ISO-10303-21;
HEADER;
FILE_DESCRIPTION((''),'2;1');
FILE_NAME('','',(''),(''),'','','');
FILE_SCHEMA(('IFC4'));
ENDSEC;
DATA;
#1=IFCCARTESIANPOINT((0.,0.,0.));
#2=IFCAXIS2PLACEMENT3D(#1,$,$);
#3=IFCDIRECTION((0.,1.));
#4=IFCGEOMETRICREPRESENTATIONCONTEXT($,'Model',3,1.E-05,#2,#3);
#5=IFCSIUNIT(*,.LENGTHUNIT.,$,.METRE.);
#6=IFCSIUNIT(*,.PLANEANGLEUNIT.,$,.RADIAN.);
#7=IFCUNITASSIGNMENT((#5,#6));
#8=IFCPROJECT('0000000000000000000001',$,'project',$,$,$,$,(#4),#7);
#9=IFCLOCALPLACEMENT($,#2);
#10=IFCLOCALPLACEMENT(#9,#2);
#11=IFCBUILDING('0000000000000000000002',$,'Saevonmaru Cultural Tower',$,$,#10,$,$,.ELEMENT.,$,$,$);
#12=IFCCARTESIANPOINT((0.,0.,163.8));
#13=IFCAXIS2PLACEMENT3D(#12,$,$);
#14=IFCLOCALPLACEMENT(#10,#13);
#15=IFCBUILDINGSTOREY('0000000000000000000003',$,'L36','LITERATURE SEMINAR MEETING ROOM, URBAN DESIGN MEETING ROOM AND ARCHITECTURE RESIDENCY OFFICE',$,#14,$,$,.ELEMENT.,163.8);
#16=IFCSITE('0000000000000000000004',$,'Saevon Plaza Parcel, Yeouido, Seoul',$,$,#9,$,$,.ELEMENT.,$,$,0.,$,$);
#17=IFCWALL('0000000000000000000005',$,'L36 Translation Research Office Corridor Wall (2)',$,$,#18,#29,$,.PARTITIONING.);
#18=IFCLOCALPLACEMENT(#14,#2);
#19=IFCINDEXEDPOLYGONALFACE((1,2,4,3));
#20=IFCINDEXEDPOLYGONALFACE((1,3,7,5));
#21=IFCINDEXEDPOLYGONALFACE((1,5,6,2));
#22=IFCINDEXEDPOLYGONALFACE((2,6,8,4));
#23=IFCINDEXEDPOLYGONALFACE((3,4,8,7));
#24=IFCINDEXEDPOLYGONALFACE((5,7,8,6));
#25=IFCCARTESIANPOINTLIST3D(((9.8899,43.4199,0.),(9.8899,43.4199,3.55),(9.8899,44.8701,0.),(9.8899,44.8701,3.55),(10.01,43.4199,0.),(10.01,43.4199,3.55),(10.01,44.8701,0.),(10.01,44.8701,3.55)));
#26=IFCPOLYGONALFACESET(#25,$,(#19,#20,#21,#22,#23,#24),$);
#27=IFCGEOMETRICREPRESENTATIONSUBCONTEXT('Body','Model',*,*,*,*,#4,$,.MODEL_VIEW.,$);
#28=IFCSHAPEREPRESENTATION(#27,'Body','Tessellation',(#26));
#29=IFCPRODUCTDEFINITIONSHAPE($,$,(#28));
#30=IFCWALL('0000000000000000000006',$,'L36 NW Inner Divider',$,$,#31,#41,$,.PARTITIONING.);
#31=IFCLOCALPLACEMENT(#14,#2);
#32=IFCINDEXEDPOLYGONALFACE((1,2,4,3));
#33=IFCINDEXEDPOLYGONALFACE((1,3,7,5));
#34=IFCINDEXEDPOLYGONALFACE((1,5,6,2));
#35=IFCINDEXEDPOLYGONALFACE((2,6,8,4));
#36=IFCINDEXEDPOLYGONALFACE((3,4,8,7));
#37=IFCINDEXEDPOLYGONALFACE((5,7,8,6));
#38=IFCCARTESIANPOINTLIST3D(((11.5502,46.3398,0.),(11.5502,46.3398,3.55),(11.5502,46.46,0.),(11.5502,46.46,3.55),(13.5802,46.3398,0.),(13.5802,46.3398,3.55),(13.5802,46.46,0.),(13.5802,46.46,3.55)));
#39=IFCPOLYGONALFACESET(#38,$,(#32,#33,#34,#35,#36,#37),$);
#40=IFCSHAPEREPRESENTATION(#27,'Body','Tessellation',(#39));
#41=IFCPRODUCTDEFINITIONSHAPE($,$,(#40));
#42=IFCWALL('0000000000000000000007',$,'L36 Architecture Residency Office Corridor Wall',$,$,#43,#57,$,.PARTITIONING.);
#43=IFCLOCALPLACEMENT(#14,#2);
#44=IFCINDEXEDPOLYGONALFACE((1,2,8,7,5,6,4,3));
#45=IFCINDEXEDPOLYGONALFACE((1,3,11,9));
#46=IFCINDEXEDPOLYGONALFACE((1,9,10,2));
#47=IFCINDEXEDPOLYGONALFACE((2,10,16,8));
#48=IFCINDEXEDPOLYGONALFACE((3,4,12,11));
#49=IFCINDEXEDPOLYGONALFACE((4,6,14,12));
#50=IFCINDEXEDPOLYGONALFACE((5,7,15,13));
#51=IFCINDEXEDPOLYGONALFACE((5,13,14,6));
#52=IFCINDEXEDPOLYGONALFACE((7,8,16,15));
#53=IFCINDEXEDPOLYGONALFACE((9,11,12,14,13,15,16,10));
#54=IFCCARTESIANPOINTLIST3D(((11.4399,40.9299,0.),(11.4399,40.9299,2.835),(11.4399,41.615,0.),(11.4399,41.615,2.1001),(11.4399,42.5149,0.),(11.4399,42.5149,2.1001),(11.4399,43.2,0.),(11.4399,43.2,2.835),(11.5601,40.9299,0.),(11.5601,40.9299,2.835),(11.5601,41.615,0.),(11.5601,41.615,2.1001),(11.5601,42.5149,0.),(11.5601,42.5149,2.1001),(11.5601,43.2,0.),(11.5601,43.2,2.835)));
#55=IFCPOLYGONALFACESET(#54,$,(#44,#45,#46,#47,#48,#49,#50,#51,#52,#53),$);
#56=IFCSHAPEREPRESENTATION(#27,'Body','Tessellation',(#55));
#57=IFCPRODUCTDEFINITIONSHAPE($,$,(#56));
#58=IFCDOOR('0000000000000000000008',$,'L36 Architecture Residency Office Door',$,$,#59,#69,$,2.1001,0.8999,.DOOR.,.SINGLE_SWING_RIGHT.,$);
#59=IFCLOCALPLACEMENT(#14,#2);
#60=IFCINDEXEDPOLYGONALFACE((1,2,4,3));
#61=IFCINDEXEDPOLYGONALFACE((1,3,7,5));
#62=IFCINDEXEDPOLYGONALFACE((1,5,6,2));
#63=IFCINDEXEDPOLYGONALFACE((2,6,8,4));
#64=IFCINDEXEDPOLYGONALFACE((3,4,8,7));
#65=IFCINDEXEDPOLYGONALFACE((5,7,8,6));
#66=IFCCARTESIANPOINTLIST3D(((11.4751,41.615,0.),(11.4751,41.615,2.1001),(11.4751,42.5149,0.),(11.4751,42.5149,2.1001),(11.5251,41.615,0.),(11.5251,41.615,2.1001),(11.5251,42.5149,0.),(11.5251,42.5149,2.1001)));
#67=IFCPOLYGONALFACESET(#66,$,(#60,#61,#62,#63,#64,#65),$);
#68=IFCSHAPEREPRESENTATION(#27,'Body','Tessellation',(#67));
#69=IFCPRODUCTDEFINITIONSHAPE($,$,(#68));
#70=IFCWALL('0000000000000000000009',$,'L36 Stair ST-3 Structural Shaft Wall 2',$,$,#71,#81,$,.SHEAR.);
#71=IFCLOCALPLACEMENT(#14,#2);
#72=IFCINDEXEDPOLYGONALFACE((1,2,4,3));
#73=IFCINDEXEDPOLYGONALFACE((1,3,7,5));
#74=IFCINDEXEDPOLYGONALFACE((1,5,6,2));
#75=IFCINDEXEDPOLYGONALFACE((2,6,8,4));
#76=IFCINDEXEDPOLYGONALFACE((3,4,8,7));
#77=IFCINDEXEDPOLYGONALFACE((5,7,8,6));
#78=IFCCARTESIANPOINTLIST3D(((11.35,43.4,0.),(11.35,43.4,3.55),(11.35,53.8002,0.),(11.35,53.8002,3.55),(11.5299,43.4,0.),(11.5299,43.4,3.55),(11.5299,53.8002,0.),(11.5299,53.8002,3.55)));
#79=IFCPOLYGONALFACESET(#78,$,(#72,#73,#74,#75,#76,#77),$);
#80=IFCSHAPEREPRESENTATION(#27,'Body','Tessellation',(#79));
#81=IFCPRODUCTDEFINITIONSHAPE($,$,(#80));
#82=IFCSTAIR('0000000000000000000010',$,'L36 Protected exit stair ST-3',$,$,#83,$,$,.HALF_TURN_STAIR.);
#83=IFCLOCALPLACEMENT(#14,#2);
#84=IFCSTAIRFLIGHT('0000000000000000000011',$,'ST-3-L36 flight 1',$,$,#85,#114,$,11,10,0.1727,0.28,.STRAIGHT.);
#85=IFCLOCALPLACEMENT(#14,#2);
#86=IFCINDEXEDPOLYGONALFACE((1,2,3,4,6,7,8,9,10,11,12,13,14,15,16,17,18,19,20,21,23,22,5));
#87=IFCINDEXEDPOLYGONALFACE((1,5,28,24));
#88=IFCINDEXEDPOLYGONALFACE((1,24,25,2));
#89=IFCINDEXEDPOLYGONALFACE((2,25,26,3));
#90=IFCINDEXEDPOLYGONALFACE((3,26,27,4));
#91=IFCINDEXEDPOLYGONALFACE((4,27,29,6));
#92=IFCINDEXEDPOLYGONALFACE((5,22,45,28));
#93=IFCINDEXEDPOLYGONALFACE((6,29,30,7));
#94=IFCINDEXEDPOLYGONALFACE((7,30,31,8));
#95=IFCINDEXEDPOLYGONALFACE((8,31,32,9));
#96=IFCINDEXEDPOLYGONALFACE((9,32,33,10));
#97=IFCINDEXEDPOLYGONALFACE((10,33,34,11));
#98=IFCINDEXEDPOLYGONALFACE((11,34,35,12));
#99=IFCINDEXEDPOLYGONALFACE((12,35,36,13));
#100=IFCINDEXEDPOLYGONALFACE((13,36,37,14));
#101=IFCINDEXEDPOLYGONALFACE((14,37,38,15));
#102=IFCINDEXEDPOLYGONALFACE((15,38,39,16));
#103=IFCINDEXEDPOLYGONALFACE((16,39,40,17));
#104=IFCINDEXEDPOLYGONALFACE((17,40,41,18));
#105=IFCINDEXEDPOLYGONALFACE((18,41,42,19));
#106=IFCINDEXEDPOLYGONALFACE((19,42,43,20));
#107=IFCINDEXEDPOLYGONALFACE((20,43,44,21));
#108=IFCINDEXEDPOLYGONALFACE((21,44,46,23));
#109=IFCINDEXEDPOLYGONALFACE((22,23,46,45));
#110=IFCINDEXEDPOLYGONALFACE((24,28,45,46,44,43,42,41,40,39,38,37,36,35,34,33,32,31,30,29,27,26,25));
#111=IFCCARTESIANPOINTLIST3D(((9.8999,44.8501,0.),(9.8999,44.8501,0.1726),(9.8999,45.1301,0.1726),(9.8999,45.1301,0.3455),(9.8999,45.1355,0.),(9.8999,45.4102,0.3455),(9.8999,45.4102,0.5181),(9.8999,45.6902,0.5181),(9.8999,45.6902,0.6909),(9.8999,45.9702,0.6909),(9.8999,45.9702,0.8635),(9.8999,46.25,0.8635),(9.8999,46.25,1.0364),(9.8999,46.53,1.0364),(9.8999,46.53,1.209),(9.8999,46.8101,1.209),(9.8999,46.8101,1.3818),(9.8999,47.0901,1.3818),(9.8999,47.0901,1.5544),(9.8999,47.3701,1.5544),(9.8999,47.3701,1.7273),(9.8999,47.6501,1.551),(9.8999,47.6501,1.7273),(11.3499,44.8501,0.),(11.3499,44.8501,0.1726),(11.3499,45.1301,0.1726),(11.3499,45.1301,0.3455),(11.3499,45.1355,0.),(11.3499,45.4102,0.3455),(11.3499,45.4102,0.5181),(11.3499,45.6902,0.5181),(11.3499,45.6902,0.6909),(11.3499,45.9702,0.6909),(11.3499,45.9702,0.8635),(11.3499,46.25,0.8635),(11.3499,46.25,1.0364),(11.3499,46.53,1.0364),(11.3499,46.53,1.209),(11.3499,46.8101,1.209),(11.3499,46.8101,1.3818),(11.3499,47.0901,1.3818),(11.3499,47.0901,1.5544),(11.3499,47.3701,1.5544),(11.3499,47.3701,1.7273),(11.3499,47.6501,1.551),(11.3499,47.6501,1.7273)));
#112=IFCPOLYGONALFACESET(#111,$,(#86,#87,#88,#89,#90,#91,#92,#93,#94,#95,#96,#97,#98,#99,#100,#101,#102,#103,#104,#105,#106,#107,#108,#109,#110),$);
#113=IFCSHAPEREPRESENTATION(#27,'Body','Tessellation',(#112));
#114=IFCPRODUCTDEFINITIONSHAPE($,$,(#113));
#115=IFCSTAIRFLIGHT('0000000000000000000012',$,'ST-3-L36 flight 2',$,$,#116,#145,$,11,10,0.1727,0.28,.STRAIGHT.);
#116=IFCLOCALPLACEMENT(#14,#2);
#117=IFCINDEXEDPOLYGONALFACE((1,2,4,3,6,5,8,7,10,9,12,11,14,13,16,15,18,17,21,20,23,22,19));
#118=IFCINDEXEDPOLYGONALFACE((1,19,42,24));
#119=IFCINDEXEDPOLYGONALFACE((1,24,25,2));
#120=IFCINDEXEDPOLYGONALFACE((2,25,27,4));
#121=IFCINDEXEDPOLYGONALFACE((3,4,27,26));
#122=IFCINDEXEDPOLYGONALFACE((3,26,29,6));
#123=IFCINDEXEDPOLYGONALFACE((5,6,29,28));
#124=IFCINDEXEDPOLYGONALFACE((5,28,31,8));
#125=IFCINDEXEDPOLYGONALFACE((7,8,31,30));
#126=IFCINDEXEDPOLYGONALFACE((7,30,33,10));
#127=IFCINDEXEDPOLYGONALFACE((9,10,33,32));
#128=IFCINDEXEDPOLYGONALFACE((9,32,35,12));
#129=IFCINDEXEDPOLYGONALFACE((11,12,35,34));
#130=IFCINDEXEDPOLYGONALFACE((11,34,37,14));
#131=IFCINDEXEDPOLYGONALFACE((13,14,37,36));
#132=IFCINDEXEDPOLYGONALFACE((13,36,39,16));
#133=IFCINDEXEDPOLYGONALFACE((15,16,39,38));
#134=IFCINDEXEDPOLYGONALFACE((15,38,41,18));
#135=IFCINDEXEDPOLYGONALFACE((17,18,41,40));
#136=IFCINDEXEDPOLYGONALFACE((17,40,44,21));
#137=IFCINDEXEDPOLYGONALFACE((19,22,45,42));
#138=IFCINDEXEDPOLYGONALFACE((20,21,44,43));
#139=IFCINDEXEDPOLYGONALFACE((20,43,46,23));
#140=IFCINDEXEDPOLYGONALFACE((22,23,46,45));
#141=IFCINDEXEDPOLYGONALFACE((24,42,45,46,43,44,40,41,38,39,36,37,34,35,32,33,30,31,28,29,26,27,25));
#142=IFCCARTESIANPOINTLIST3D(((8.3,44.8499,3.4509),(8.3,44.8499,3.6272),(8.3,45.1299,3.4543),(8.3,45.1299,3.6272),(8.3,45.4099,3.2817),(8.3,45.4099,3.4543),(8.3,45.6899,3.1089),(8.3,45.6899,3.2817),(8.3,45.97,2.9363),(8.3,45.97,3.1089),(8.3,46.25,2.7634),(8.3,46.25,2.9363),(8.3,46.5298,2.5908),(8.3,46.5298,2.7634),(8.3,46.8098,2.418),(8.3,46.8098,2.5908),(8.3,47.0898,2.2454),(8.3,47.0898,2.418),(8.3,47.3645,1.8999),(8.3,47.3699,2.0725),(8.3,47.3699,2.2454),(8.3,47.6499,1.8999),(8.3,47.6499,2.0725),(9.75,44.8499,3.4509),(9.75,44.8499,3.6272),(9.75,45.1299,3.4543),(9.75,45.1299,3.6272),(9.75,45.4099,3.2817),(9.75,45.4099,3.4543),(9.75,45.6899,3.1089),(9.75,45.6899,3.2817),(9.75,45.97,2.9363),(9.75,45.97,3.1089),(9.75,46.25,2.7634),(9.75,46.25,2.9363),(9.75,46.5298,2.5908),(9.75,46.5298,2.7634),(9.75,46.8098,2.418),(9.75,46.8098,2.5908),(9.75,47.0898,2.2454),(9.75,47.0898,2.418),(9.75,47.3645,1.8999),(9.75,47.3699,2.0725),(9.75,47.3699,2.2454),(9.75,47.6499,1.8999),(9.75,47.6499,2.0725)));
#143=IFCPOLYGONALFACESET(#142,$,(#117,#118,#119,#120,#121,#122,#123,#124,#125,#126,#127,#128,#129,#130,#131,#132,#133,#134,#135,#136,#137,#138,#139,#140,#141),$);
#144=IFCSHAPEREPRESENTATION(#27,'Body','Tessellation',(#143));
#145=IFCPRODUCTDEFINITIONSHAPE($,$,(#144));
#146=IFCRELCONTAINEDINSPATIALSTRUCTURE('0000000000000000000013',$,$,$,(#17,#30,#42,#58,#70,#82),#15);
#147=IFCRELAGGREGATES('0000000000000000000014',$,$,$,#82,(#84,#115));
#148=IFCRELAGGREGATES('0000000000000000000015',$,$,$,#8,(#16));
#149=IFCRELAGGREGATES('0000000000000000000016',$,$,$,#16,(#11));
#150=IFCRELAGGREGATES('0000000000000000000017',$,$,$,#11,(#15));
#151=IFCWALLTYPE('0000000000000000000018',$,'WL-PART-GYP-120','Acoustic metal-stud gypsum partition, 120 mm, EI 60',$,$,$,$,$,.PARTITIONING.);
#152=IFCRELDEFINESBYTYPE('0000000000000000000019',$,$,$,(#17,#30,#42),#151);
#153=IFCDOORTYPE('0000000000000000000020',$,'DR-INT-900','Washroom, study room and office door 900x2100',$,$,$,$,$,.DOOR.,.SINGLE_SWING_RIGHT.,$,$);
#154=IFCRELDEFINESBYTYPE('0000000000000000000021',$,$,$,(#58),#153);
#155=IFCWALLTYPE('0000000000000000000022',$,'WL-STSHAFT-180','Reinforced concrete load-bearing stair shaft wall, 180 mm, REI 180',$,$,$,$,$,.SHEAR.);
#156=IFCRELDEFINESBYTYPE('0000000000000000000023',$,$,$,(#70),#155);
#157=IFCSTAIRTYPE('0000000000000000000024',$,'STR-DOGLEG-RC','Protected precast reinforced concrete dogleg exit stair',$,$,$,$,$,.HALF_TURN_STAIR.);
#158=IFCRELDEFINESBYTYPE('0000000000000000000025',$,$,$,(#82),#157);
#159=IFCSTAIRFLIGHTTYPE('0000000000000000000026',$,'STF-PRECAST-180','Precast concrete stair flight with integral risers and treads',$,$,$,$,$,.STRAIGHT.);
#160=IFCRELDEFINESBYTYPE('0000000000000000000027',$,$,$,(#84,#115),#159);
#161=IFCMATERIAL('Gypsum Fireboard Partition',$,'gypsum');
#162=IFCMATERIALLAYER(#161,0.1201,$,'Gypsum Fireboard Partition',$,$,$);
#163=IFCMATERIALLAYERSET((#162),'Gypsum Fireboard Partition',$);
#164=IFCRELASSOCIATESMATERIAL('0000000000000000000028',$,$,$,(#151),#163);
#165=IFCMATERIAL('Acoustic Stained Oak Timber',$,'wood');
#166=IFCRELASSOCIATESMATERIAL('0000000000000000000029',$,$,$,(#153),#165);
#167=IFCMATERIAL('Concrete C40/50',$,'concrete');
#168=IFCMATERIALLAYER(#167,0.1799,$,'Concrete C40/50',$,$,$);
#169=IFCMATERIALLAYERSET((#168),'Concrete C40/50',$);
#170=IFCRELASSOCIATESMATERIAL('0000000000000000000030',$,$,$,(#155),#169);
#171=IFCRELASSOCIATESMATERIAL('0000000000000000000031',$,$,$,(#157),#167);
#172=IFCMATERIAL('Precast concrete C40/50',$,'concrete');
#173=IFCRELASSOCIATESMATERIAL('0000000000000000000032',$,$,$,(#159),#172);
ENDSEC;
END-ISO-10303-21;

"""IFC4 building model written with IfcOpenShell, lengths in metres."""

from ifc_helpers import new_model, si_unit, direction, frame, frame_2d, origin, place, context, subcontext, project, spatial, polyline, rectangle, outline, extrude, material, layer, layer_set, type_object, element, fill, aggregate, save


model = new_model("IFC4")

# Units and contexts
model_context = context("Model", 3, precision=1e-05, world=origin(), true_north=direction((0.0, 1.0)))
body_context = subcontext(model_context, "Body", "Model", "MODEL_VIEW")
ifc_project = project(units=[si_unit("LENGTHUNIT", "METRE"), si_unit("PLANEANGLEUNIT", "RADIAN")], contexts=[model_context])

# Site, building, storey
site_placement = place(None, origin())
site = spatial("IfcSite", under=ifc_project, at=site_placement, Name="Saevon Plaza Parcel, Yeouido, Seoul", CompositionType="ELEMENT", RefElevation=0.0)
building_placement = place(site_placement, origin())
building = spatial("IfcBuilding", under=site, at=building_placement, Name="Saevonmaru Cultural Tower", CompositionType="ELEMENT")
storey_placement = place(building_placement, frame((0.0, 0.0, 163.8)))
storey = spatial("IfcBuildingStorey", under=building, at=storey_placement, Name="L36", Description="LITERATURE SEMINAR MEETING ROOM, URBAN DESIGN MEETING ROOM AND ARCHITECTURE RESIDENCY OFFICE", CompositionType="ELEMENT", Elevation=163.8)

# Shared definitions
ifc_material_1 = material(Name="Gypsum Fireboard Partition", Category="gypsum")
ifc_layer_1 = layer(ifc_material_1, 0.1201, Name="Gypsum Fireboard Partition")
ifc_layer_set_1 = layer_set([ifc_layer_1], Name="Gypsum Fireboard Partition")
wall_type_1 = type_object("IfcWallType", Name="WL-PART-GYP-120", Description="Acoustic metal-stud gypsum partition, 120 mm, EI 60", PredefinedType="PARTITIONING", material=ifc_layer_set_1)

# Shared definitions
ifc_material_2 = material(Name="Acoustic Stained Oak Timber", Category="wood")
door_type_1 = type_object("IfcDoorType", Name="DR-INT-900", Description="Washroom, study room and office door 900x2100", OperationType="SINGLE_SWING_RIGHT", PredefinedType="DOOR", material=ifc_material_2)

# Walls
wall_1_placement = place(storey_placement, frame((9.95, 43.4199, 0.0), z_axis=(0.0, 0.0, 1.0), x_axis=(0.0, 1.0, 0.0)))
element("IfcWall", 1, at=wall_1_placement, inside=storey, type_object=wall_type_1, Name="L36 Translation Research Office Corridor Wall (2)", PredefinedType="PARTITIONING", context=body_context, shape_type="SweptSolid", body=[
    extrude(rectangle(XDim=1.4502, YDim=0.1201, at=frame_2d((0.7251, 0.0))), origin(), (0.0, 0.0, 1.0), 3.55),
])
wall_2_placement = place(storey_placement, frame((11.55, 46.3999, 0.0), z_axis=(0.0, 0.0, 1.0), x_axis=(1.0, 0.0, 0.0)))
element("IfcWall", 2, at=wall_2_placement, inside=storey, type_object=wall_type_1, Name="L36 NW Inner Divider", PredefinedType="PARTITIONING", context=body_context, shape_type="SweptSolid", body=[
    extrude(rectangle(XDim=2.03, YDim=0.1201, at=frame_2d((1.0151, 0.0))), origin(), (0.0, 0.0, 1.0), 3.55),
])

# Wall, opening, door
wall_3_placement = place(storey_placement, frame((11.5, 40.9299, 0.0), z_axis=(0.0, 0.0, 1.0), x_axis=(0.0, 1.0, 0.0)))
wall_3 = element("IfcWall", 3, at=wall_3_placement, inside=storey, type_object=wall_type_1, Name="L36 Architecture Residency Office Corridor Wall", PredefinedType="PARTITIONING", context=body_context, shape_type="SweptSolid", body=[
    extrude(rectangle(XDim=2.27, YDim=0.1201, at=frame_2d((1.135, 0.0))), origin(), (0.0, 0.0, 1.0), 2.835),
])
opening_1_placement = place(wall_3_placement, frame((0.6851, 0.0, 0.0)))
opening_1 = element("IfcOpeningElement", 4, at=opening_1_placement, cuts=wall_3, PredefinedType="OPENING", context=body_context, shape_type="SweptSolid", body=[
    extrude(rectangle(XDim=0.8999, YDim=2.1001, at=frame_2d((0.45, 1.05))), frame((0.0, 0.0701, 0.0), z_axis=(0.0, -1.0, 0.0), x_axis=(1.0, 0.0, 0.0)), (0.0, 0.0, 1.0), 0.1401),
])
door_1_placement = place(opening_1_placement, origin())
door_1 = element("IfcDoor", 5, at=door_1_placement, inside=storey, type_object=door_type_1, Name="L36 Architecture Residency Office Door", OperationType="SINGLE_SWING_RIGHT", OverallHeight=2.1001, OverallWidth=0.8999, PredefinedType="DOOR", context=body_context, shape_type="SweptSolid", body=[
    extrude(rectangle(XDim=0.8999, YDim=2.1001, at=frame_2d((0.45, 1.05))), frame((0.0, 0.0249, 0.0), z_axis=(0.0, -1.0, 0.0), x_axis=(1.0, 0.0, 0.0)), (0.0, 0.0, 1.0), 0.05),
])
fill(opening_1, door_1)
ifc_material_3 = material(Name="Concrete C40/50", Category="concrete")
ifc_layer_2 = layer(ifc_material_3, 0.1799, Name="Concrete C40/50")
ifc_layer_set_2 = layer_set([ifc_layer_2], Name="Concrete C40/50")
wall_type_2 = type_object("IfcWallType", Name="WL-STSHAFT-180", Description="Reinforced concrete load-bearing stair shaft wall, 180 mm, REI 180", PredefinedType="SHEAR", material=ifc_layer_set_2)

# Wall
wall_4_placement = place(storey_placement, frame((11.4399, 43.3999, 0.0), z_axis=(0.0, 0.0, 1.0), x_axis=(0.0, 1.0, 0.0)))
element("IfcWall", 6, at=wall_4_placement, inside=storey, type_object=wall_type_2, Name="L36 Stair ST-3 Structural Shaft Wall 2", PredefinedType="SHEAR", context=body_context, shape_type="SweptSolid", body=[
    extrude(rectangle(XDim=10.4001, YDim=0.1799, at=frame_2d((5.2002, 0.0))), origin(), (0.0, 0.0, 1.0), 3.55),
])

# Stair, stair flights
stair_type = type_object("IfcStairType", Name="STR-DOGLEG-RC", Description="Protected precast reinforced concrete dogleg exit stair", PredefinedType="HALF_TURN_STAIR", material=ifc_material_3)
stair_placement = place(storey_placement, origin())
stair = element("IfcStair", 7, at=stair_placement, inside=storey, type_object=stair_type, Name="L36 Protected exit stair ST-3", PredefinedType="HALF_TURN_STAIR")
ifc_material_4 = material(Name="Precast concrete C40/50", Category="concrete")
stair_flight_type = type_object("IfcStairFlightType", Name="STF-PRECAST-180", Description="Precast concrete stair flight with integral risers and treads", PredefinedType="STRAIGHT", material=ifc_material_4)
stair_flight_1_placement = place(storey_placement, frame((10.625, 44.8501, 0.0), z_axis=(0.0, 0.0, 1.0), x_axis=(0.0, 1.0, 0.0)))
stair_flight_1 = element("IfcStairFlight", 8, at=stair_flight_1_placement, type_object=stair_flight_type, Name="ST-3-L36 flight 1", NumberOfRisers=11, NumberOfTreads=10, PredefinedType="STRAIGHT", RiserHeight=0.1727, TreadLength=0.28, context=body_context, shape_type="SweptSolid", body=[
    extrude(outline(polyline([(0.0, 0.0), (0.0, 0.1726), (0.28, 0.1726), (0.28, 0.3455), (0.5601, 0.3455), (0.5601, 0.5181), (0.8401, 0.5181), (0.8401, 0.6909), (1.1201, 0.6909), (1.1201, 0.8635), (1.3999, 0.8635), (1.3999, 1.0364), (1.6799, 1.0364), (1.6799, 1.209), (1.96, 1.209), (1.96, 1.3818), (2.24, 1.3818), (2.24, 1.5544), (2.52, 1.5544), (2.52, 1.7273), (2.8, 1.7273), (2.8, 1.8999), (2.8, 1.551), (0.2854, 0.0), (0.0, 0.0)])), frame((0.0, 0.7251, 0.0), z_axis=(0.0, -1.0, 0.0), x_axis=(1.0, 0.0, 0.0)), (0.0, 0.0, 1.0), 1.45),
])
stair_flight_2_placement = place(storey_placement, frame((9.0249, 47.6499, 1.8999), z_axis=(0.0, 0.0, 1.0), x_axis=(0.0, -1.0, 0.0)))
stair_flight_2 = element("IfcStairFlight", 9, at=stair_flight_2_placement, type_object=stair_flight_type, Name="ST-3-L36 flight 2", NumberOfRisers=11, NumberOfTreads=10, PredefinedType="STRAIGHT", RiserHeight=0.1727, TreadLength=0.28, context=body_context, shape_type="SweptSolid", body=[
    extrude(outline(polyline([(0.0, 0.0), (0.0, 0.1726), (0.28, 0.1726), (0.28, 0.3455), (0.5601, 0.3455), (0.5601, 0.5181), (0.8401, 0.5181), (0.8401, 0.6909), (1.1201, 0.6909), (1.1201, 0.8635), (1.3999, 0.8635), (1.3999, 1.0364), (1.6799, 1.0364), (1.6799, 1.209), (1.96, 1.209), (1.96, 1.3818), (2.24, 1.3818), (2.24, 1.5544), (2.52, 1.5544), (2.52, 1.7273), (2.8, 1.7273), (2.8, 1.8999), (2.8, 1.551), (0.2854, 0.0), (0.0, 0.0)])), frame((0.0, 0.7251, 0.0), z_axis=(0.0, -1.0, 0.0), x_axis=(1.0, 0.0, 0.0)), (0.0, 0.0, 1.0), 1.45),
])
aggregate(stair, [stair_flight_1, stair_flight_2])

save(model, "model.ifc")
